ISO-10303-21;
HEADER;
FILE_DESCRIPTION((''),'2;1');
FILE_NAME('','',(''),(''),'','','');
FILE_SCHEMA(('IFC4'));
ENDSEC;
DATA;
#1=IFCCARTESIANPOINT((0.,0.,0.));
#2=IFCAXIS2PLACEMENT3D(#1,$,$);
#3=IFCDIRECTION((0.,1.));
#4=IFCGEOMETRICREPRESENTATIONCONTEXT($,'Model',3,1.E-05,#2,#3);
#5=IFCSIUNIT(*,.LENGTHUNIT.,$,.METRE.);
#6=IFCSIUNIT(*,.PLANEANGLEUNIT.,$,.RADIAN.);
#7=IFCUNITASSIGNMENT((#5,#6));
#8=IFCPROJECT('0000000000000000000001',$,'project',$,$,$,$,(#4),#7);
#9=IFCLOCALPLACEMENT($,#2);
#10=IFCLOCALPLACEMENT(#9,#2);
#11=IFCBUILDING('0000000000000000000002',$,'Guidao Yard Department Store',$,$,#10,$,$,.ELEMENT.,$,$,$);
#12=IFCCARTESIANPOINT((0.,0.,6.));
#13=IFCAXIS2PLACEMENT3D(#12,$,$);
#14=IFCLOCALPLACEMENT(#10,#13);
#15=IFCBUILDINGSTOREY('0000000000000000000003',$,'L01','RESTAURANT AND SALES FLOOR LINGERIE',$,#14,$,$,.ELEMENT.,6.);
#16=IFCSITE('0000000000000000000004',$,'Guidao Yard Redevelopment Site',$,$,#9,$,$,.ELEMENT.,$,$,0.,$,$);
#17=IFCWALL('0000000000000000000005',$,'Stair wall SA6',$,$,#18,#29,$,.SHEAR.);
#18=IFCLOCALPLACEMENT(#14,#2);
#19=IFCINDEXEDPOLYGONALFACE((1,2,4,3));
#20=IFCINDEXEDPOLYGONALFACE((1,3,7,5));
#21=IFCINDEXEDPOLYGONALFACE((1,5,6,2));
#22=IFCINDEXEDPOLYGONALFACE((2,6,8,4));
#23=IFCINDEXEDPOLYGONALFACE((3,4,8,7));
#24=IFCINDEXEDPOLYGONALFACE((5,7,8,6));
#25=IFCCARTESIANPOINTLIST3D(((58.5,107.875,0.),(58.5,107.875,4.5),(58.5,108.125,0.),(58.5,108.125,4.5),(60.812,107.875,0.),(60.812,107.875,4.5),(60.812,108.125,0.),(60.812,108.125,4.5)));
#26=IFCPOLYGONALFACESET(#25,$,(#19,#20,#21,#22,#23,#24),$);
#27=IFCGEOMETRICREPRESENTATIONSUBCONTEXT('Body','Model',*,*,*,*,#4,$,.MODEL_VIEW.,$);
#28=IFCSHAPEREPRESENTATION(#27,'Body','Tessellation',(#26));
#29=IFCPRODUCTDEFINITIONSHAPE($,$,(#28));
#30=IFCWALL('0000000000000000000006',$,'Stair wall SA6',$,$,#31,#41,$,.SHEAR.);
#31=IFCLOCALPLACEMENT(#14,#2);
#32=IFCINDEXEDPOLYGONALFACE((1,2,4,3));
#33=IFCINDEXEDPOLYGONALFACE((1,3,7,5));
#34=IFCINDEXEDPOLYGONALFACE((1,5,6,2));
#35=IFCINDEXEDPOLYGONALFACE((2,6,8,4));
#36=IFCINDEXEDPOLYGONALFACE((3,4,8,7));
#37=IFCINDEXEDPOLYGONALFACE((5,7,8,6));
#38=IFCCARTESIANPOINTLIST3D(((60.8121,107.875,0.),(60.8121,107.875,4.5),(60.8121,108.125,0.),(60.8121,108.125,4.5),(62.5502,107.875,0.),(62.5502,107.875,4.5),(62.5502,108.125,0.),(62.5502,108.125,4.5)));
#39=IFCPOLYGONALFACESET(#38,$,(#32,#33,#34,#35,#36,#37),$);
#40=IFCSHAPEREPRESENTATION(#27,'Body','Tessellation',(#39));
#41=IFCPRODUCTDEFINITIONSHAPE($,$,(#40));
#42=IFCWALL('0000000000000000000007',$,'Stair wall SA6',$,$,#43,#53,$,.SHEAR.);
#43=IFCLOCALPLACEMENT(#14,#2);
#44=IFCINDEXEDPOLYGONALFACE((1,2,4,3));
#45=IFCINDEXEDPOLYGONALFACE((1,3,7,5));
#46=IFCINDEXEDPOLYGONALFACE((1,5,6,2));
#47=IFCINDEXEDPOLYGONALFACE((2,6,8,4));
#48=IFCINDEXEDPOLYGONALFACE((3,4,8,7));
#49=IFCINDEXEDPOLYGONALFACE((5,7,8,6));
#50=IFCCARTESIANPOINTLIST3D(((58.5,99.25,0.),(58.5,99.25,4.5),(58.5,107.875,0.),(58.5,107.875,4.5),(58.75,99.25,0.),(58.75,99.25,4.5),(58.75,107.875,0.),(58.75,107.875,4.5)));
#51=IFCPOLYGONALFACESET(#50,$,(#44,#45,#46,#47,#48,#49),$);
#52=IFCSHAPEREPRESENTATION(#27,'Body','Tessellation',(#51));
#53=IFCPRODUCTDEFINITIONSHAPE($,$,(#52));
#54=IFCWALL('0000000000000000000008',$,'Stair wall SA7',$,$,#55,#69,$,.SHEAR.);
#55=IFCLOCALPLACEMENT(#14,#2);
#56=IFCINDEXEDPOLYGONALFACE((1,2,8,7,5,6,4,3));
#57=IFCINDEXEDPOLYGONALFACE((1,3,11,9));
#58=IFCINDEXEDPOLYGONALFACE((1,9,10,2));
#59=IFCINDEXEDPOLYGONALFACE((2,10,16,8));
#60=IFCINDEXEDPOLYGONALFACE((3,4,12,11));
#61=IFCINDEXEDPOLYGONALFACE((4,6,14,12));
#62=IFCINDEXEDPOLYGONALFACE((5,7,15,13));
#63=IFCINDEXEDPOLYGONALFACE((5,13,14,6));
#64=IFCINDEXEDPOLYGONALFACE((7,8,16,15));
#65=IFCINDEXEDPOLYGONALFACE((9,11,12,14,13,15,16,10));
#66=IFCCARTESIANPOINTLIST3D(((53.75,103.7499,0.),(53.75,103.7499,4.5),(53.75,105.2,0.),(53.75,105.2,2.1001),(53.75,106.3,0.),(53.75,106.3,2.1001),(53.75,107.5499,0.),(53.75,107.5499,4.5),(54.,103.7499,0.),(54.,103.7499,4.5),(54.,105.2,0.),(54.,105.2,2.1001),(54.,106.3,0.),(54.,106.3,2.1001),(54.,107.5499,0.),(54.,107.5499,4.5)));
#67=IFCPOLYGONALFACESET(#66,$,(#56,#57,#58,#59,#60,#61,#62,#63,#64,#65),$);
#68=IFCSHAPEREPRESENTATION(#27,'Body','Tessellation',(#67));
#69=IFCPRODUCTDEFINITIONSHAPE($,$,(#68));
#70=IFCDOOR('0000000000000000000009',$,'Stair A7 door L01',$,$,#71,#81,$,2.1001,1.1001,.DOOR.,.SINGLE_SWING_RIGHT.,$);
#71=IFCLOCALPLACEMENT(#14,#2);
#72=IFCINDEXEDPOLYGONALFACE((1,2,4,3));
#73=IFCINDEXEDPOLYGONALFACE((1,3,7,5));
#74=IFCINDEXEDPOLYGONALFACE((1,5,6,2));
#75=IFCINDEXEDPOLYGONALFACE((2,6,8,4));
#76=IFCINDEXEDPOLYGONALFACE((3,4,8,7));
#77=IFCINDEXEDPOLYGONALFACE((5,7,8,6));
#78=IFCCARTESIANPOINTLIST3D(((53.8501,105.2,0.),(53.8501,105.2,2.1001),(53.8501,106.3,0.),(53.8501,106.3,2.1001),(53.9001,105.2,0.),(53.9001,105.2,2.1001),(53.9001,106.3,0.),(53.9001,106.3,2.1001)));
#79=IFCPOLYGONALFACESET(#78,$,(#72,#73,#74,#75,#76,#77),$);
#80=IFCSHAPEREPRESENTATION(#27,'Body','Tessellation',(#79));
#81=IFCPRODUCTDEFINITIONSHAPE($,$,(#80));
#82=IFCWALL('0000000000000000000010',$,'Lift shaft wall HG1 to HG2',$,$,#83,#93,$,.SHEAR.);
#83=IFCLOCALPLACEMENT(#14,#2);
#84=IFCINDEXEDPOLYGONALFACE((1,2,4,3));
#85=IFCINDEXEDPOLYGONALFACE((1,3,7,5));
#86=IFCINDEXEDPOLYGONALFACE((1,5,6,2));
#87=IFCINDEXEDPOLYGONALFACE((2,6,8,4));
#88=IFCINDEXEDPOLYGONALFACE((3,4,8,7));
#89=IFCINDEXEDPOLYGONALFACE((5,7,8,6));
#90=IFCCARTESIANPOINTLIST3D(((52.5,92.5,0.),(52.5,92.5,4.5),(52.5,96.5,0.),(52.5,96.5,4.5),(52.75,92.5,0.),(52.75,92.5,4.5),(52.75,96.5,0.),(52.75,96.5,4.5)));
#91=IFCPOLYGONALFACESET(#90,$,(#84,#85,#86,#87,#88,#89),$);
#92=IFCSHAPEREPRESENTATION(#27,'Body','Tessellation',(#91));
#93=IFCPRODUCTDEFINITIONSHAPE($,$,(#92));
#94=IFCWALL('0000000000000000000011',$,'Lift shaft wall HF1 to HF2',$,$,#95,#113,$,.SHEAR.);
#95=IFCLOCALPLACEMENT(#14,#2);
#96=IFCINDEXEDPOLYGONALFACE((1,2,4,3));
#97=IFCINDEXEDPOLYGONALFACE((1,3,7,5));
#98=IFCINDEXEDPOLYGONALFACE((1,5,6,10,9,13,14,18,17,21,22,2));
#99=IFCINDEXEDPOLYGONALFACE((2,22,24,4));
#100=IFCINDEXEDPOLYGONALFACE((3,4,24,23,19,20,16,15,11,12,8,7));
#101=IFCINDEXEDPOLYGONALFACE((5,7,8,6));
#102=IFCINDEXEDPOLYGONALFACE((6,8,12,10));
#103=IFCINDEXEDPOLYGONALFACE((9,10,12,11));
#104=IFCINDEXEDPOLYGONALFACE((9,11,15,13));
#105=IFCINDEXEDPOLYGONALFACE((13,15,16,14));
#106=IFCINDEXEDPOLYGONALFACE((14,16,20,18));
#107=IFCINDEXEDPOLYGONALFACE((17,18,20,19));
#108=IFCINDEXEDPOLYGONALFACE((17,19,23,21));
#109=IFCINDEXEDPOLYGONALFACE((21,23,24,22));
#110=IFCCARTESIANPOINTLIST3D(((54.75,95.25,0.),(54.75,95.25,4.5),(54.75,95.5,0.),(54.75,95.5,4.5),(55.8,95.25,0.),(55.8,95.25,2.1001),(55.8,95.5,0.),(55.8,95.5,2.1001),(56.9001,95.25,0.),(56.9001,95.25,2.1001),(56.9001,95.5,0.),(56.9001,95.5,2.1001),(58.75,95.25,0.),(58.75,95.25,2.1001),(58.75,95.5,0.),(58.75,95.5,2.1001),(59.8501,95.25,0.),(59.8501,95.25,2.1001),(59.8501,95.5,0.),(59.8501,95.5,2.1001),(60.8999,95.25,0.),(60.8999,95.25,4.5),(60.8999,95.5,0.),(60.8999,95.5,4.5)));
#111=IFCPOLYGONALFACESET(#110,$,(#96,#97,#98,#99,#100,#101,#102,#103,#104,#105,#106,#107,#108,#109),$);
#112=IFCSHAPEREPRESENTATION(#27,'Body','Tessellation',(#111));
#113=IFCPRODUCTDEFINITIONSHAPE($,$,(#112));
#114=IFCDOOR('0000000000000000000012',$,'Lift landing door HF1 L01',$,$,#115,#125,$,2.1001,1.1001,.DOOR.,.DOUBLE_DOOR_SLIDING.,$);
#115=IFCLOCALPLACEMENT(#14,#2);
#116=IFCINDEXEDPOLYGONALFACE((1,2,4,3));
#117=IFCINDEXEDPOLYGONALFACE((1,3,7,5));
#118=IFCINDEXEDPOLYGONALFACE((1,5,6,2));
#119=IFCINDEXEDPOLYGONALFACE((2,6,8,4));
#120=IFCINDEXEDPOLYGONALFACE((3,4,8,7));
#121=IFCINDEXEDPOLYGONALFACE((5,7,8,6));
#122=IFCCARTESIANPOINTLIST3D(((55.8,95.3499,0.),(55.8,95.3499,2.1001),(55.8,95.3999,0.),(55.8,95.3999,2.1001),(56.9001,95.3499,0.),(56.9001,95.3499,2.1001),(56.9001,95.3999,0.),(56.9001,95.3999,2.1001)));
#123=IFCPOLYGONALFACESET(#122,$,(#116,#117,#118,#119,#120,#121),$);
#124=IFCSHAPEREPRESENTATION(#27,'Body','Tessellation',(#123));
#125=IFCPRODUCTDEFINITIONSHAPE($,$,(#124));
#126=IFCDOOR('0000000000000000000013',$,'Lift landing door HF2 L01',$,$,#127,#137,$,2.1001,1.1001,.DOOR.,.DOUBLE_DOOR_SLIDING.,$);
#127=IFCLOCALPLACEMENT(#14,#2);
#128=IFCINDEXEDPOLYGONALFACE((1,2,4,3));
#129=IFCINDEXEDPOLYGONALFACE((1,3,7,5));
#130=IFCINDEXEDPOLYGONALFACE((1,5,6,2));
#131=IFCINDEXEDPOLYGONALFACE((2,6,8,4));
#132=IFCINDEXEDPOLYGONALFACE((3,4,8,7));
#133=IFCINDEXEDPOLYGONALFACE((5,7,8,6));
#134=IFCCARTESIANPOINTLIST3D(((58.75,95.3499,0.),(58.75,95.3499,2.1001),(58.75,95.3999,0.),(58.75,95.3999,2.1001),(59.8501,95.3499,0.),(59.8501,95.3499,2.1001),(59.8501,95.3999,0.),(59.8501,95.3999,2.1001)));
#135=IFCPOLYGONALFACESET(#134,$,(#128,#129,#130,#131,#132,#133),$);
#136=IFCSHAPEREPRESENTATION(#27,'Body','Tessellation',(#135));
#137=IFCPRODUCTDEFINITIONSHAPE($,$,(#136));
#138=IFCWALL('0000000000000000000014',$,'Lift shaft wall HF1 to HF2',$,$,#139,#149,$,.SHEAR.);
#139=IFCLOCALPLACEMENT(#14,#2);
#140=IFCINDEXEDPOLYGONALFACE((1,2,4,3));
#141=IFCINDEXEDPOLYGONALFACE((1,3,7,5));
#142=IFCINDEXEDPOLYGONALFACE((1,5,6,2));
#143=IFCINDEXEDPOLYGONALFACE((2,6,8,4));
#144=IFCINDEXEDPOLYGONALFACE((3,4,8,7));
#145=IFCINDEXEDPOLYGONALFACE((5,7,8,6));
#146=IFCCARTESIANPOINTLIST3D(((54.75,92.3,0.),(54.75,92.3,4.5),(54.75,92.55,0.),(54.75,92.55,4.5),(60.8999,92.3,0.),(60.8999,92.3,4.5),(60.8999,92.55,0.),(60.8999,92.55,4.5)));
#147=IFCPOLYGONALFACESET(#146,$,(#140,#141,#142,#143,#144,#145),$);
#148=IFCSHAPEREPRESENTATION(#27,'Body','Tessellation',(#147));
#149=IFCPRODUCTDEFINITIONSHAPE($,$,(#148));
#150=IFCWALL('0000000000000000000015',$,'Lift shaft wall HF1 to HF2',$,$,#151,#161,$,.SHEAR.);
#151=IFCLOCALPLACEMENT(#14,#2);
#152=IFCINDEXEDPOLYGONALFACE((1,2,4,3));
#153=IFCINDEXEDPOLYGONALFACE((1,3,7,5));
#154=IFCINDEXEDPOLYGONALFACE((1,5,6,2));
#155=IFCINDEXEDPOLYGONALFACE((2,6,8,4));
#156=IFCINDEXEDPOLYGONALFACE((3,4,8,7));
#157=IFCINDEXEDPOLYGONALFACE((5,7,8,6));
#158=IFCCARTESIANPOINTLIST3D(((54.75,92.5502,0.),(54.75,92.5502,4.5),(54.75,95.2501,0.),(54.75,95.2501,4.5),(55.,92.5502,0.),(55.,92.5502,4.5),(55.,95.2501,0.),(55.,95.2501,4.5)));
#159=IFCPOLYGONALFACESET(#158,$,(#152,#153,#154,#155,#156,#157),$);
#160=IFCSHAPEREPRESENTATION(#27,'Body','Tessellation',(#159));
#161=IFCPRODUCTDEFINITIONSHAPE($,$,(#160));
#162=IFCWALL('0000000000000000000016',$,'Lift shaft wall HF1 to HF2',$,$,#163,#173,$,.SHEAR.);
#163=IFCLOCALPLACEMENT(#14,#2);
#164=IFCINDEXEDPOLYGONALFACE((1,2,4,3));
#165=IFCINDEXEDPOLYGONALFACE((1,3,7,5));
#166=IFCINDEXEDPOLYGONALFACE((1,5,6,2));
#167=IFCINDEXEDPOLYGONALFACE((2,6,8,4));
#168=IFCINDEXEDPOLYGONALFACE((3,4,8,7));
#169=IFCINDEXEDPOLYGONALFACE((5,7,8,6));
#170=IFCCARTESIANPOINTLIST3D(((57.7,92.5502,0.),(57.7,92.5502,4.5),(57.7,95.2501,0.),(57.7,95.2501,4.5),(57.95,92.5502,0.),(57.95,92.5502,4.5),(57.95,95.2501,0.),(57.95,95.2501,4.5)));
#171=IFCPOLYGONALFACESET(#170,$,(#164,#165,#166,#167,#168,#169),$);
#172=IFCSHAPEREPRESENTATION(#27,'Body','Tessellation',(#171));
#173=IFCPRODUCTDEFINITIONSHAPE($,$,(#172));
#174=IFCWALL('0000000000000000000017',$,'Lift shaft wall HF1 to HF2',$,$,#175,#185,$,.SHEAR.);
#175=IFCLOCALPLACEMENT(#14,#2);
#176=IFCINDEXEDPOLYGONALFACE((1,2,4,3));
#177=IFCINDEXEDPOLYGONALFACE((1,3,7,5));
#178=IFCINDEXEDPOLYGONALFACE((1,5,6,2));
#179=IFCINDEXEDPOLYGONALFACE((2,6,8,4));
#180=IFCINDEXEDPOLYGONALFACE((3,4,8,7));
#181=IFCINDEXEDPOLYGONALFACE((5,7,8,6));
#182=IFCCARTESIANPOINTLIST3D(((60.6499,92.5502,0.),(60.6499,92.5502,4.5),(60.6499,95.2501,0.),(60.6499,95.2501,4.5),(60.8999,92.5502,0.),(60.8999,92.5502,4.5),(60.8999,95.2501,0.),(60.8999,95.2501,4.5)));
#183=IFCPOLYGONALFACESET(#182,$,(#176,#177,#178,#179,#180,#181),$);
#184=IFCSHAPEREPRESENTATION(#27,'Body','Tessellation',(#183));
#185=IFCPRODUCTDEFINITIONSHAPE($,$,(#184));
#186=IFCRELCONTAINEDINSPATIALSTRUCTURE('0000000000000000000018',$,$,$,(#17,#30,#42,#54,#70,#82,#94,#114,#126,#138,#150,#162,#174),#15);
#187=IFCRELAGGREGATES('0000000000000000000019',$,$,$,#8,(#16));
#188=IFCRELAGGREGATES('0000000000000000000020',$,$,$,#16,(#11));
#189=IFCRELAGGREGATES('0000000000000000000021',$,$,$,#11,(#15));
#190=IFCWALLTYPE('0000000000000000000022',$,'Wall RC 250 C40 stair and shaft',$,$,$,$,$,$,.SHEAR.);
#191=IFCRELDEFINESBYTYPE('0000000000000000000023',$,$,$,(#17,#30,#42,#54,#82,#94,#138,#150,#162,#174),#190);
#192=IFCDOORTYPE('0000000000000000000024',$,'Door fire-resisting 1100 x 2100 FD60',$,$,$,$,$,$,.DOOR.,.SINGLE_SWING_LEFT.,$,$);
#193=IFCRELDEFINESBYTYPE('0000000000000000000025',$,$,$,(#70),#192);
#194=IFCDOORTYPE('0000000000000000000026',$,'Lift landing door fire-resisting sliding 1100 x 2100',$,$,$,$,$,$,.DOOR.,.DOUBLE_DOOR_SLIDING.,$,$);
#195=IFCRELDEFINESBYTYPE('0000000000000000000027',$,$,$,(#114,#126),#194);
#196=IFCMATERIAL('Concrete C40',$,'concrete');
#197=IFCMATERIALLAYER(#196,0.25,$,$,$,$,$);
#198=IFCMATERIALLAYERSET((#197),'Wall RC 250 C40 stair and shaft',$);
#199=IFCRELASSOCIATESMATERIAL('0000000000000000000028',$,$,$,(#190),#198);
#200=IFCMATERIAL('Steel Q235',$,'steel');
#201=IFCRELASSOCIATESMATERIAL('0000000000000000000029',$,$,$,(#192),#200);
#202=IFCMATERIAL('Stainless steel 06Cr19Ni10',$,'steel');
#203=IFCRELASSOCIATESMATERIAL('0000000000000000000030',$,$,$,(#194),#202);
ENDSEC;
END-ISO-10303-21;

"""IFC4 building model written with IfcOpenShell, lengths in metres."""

from ifc_helpers import new_model, si_unit, direction, frame, frame_2d, origin, place, context, subcontext, project, spatial, rectangle, extrude, material, layer, layer_set, type_object, element, fill, save


model = new_model("IFC4")

# Units and contexts
model_context = context("Model", 3, precision=1e-05, world=origin(), true_north=direction((0.0, 1.0)))
body_context = subcontext(model_context, "Body", "Model", "MODEL_VIEW")
ifc_project = project(units=[si_unit("LENGTHUNIT", "METRE"), si_unit("PLANEANGLEUNIT", "RADIAN")], contexts=[model_context])

# Site, building, storey
site_placement = place(None, origin())
site = spatial("IfcSite", under=ifc_project, at=site_placement, Name="Guidao Yard Redevelopment Site", CompositionType="ELEMENT", RefElevation=0.0)
building_placement = place(site_placement, origin())
building = spatial("IfcBuilding", under=site, at=building_placement, Name="Guidao Yard Department Store", CompositionType="ELEMENT")
storey_placement = place(building_placement, frame((0.0, 0.0, 6.0)))
storey = spatial("IfcBuildingStorey", under=building, at=storey_placement, Name="L01", Description="RESTAURANT AND SALES FLOOR LINGERIE", CompositionType="ELEMENT", Elevation=6.0)

# Shared definitions
ifc_material_1 = material(Name="Concrete C40", Category="concrete")
ifc_layer_1 = layer(ifc_material_1, 0.25)
ifc_layer_set_1 = layer_set([ifc_layer_1], Name="Wall RC 250 C40 stair and shaft")
wall_type_1 = type_object("IfcWallType", Name="Wall RC 250 C40 stair and shaft", PredefinedType="SHEAR", material=ifc_layer_set_1)
ifc_material_2 = material(Name="Steel Q235", Category="steel")
door_type_1 = type_object("IfcDoorType", Name="Door fire-resisting 1100 x 2100 FD60", OperationType="SINGLE_SWING_LEFT", PredefinedType="DOOR", material=ifc_material_2)

# Walls
wall_1_placement = place(storey_placement, frame((58.5, 108.0, 0.0), z_axis=(0.0, 0.0, 1.0), x_axis=(1.0, 0.0, 0.0)))
element("IfcWall", 1, at=wall_1_placement, inside=storey, type_object=wall_type_1, Name="Stair wall SA6", PredefinedType="SHEAR", context=body_context, shape_type="SweptSolid", body=[
    extrude(rectangle(XDim=2.312, YDim=0.25, at=frame_2d((1.156, 0.0))), origin(), (0.0, 0.0, 1.0), 4.5),
])
wall_2_placement = place(storey_placement, frame((60.812, 108.0, 0.0), z_axis=(0.0, 0.0, 1.0), x_axis=(1.0, 0.0, 0.0)))
element("IfcWall", 2, at=wall_2_placement, inside=storey, type_object=wall_type_1, Name="Stair wall SA6", PredefinedType="SHEAR", context=body_context, shape_type="SweptSolid", body=[
    extrude(rectangle(XDim=1.738, YDim=0.25, at=frame_2d((0.8691, 0.0))), origin(), (0.0, 0.0, 1.0), 4.5),
])
wall_3_placement = place(storey_placement, frame((58.625, 99.25, 0.0), z_axis=(0.0, 0.0, 1.0), x_axis=(0.0, 1.0, 0.0)))
element("IfcWall", 3, at=wall_3_placement, inside=storey, type_object=wall_type_1, Name="Stair wall SA6", PredefinedType="SHEAR", context=body_context, shape_type="SweptSolid", body=[
    extrude(rectangle(XDim=8.625, YDim=0.25, at=frame_2d((4.3125, 0.0))), origin(), (0.0, 0.0, 1.0), 4.5),
])

# Wall, opening, door
wall_4_placement = place(storey_placement, frame((53.875, 103.75, 0.0), z_axis=(0.0, 0.0, 1.0), x_axis=(0.0, 1.0, 0.0)))
wall_4 = element("IfcWall", 4, at=wall_4_placement, inside=storey, type_object=wall_type_1, Name="Stair wall SA7", PredefinedType="SHEAR", context=body_context, shape_type="SweptSolid", body=[
    extrude(rectangle(XDim=3.8, YDim=0.25, at=frame_2d((1.8999, 0.0))), origin(), (0.0, 0.0, 1.0), 4.5),
])
opening_1_placement = place(wall_4_placement, frame((1.45, 0.0, 0.0)))
opening_1 = element("IfcOpeningElement", 5, at=opening_1_placement, cuts=wall_4, PredefinedType="OPENING", context=body_context, shape_type="SweptSolid", body=[
    extrude(rectangle(XDim=1.1001, YDim=2.1001, at=frame_2d((0.55, 1.05))), frame((0.0, 0.135, 0.0), z_axis=(0.0, -1.0, 0.0), x_axis=(1.0, 0.0, 0.0)), (0.0, 0.0, 1.0), 0.27),
])
door_1_placement = place(opening_1_placement, origin())
door_1 = element("IfcDoor", 6, at=door_1_placement, inside=storey, type_object=door_type_1, Name="Stair A7 door L01", OperationType="SINGLE_SWING_RIGHT", OverallHeight=2.1001, OverallWidth=1.1001, PredefinedType="DOOR", context=body_context, shape_type="SweptSolid", body=[
    extrude(rectangle(XDim=1.1001, YDim=2.1001, at=frame_2d((0.55, 1.05))), frame((0.0, 0.0249, 0.0), z_axis=(0.0, -1.0, 0.0), x_axis=(1.0, 0.0, 0.0)), (0.0, 0.0, 1.0), 0.05),
])
fill(opening_1, door_1)

# Wall
wall_5_placement = place(storey_placement, frame((52.625, 92.5, 0.0), z_axis=(0.0, 0.0, 1.0), x_axis=(0.0, 1.0, 0.0)))
element("IfcWall", 7, at=wall_5_placement, inside=storey, type_object=wall_type_1, Name="Lift shaft wall HG1 to HG2", PredefinedType="SHEAR", context=body_context, shape_type="SweptSolid", body=[
    extrude(rectangle(XDim=4.0, YDim=0.25, at=frame_2d((2.0, 0.0))), origin(), (0.0, 0.0, 1.0), 4.5),
])

# Wall, openings, doors
wall_6_placement = place(storey_placement, frame((54.75, 95.375, 0.0), z_axis=(0.0, 0.0, 1.0), x_axis=(1.0, 0.0, 0.0)))
wall_6 = element("IfcWall", 8, at=wall_6_placement, inside=storey, type_object=wall_type_1, Name="Lift shaft wall HF1 to HF2", PredefinedType="SHEAR", context=body_context, shape_type="SweptSolid", body=[
    extrude(rectangle(XDim=6.1499, YDim=0.25, at=frame_2d((3.075, 0.0))), origin(), (0.0, 0.0, 1.0), 4.5),
])
opening_2_placement = place(wall_6_placement, frame((1.05, 0.0, 0.0)))
opening_2 = element("IfcOpeningElement", 9, at=opening_2_placement, cuts=wall_6, PredefinedType="OPENING", context=body_context, shape_type="SweptSolid", body=[
    extrude(rectangle(XDim=1.1001, YDim=2.1001, at=frame_2d((0.55, 1.05))), frame((0.0, 0.135, 0.0), z_axis=(0.0, -1.0, 0.0), x_axis=(1.0, 0.0, 0.0)), (0.0, 0.0, 1.0), 0.27),
])
opening_3_placement = place(wall_6_placement, frame((4.0, 0.0, 0.0)))
opening_3 = element("IfcOpeningElement", 10, at=opening_3_placement, cuts=wall_6, PredefinedType="OPENING", context=body_context, shape_type="SweptSolid", body=[
    extrude(rectangle(XDim=1.1001, YDim=2.1001, at=frame_2d((0.55, 1.05))), frame((0.0, 0.135, 0.0), z_axis=(0.0, -1.0, 0.0), x_axis=(1.0, 0.0, 0.0)), (0.0, 0.0, 1.0), 0.27),
])
ifc_material_3 = material(Name="Stainless steel 06Cr19Ni10", Category="steel")
door_type_2 = type_object("IfcDoorType", Name="Lift landing door fire-resisting sliding 1100 x 2100", OperationType="DOUBLE_DOOR_SLIDING", PredefinedType="DOOR", material=ifc_material_3)
door_2_placement = place(opening_2_placement, origin())
door_2 = element("IfcDoor", 11, at=door_2_placement, inside=storey, type_object=door_type_2, Name="Lift landing door HF1 L01", OperationType="DOUBLE_DOOR_SLIDING", OverallHeight=2.1001, OverallWidth=1.1001, PredefinedType="DOOR", context=body_context, shape_type="SweptSolid", body=[
    extrude(rectangle(XDim=1.1001, YDim=2.1001, at=frame_2d((0.55, 1.05))), frame((0.0, 0.0249, 0.0), z_axis=(0.0, -1.0, 0.0), x_axis=(1.0, 0.0, 0.0)), (0.0, 0.0, 1.0), 0.05),
])
fill(opening_2, door_2)
door_3_placement = place(opening_3_placement, origin())
door_3 = element("IfcDoor", 12, at=door_3_placement, inside=storey, type_object=door_type_2, Name="Lift landing door HF2 L01", OperationType="DOUBLE_DOOR_SLIDING", OverallHeight=2.1001, OverallWidth=1.1001, PredefinedType="DOOR", context=body_context, shape_type="SweptSolid", body=[
    extrude(rectangle(XDim=1.1001, YDim=2.1001, at=frame_2d((0.55, 1.05))), frame((0.0, 0.0249, 0.0), z_axis=(0.0, -1.0, 0.0), x_axis=(1.0, 0.0, 0.0)), (0.0, 0.0, 1.0), 0.05),
])
fill(opening_3, door_3)

# Walls
wall_7_placement = place(storey_placement, frame((54.75, 92.425, 0.0), z_axis=(0.0, 0.0, 1.0), x_axis=(1.0, 0.0, 0.0)))
element("IfcWall", 13, at=wall_7_placement, inside=storey, type_object=wall_type_1, Name="Lift shaft wall HF1 to HF2", PredefinedType="SHEAR", context=body_context, shape_type="SweptSolid", body=[
    extrude(rectangle(XDim=6.1499, YDim=0.25, at=frame_2d((3.075, 0.0))), origin(), (0.0, 0.0, 1.0), 4.5),
])
for number, where, z_axis, x_axis, name in (
    (14, (54.875, 92.55, 0.0), (0.0, 0.0, 1.0), (0.0, 1.0, 0.0), "Lift shaft wall HF1 to HF2"),
    (15, (57.825, 92.55, 0.0), (0.0, 0.0, 1.0), (0.0, 1.0, 0.0), "Lift shaft wall HF1 to HF2"),
    (16, (60.7749, 92.55, 0.0), (0.0, 0.0, 1.0), (0.0, 1.0, 0.0), "Lift shaft wall HF1 to HF2"),
):
    element("IfcWall", number, at=place(storey_placement, frame(where, z_axis=z_axis, x_axis=x_axis)), inside=storey, type_object=wall_type_1, Name=name, PredefinedType="SHEAR", context=body_context, shape_type="SweptSolid", body=[
        extrude(rectangle(XDim=2.7, YDim=0.25, at=frame_2d((1.3501, 0.0))), origin(), (0.0, 0.0, 1.0), 4.5),
    ])

save(model, "model.ifc")
